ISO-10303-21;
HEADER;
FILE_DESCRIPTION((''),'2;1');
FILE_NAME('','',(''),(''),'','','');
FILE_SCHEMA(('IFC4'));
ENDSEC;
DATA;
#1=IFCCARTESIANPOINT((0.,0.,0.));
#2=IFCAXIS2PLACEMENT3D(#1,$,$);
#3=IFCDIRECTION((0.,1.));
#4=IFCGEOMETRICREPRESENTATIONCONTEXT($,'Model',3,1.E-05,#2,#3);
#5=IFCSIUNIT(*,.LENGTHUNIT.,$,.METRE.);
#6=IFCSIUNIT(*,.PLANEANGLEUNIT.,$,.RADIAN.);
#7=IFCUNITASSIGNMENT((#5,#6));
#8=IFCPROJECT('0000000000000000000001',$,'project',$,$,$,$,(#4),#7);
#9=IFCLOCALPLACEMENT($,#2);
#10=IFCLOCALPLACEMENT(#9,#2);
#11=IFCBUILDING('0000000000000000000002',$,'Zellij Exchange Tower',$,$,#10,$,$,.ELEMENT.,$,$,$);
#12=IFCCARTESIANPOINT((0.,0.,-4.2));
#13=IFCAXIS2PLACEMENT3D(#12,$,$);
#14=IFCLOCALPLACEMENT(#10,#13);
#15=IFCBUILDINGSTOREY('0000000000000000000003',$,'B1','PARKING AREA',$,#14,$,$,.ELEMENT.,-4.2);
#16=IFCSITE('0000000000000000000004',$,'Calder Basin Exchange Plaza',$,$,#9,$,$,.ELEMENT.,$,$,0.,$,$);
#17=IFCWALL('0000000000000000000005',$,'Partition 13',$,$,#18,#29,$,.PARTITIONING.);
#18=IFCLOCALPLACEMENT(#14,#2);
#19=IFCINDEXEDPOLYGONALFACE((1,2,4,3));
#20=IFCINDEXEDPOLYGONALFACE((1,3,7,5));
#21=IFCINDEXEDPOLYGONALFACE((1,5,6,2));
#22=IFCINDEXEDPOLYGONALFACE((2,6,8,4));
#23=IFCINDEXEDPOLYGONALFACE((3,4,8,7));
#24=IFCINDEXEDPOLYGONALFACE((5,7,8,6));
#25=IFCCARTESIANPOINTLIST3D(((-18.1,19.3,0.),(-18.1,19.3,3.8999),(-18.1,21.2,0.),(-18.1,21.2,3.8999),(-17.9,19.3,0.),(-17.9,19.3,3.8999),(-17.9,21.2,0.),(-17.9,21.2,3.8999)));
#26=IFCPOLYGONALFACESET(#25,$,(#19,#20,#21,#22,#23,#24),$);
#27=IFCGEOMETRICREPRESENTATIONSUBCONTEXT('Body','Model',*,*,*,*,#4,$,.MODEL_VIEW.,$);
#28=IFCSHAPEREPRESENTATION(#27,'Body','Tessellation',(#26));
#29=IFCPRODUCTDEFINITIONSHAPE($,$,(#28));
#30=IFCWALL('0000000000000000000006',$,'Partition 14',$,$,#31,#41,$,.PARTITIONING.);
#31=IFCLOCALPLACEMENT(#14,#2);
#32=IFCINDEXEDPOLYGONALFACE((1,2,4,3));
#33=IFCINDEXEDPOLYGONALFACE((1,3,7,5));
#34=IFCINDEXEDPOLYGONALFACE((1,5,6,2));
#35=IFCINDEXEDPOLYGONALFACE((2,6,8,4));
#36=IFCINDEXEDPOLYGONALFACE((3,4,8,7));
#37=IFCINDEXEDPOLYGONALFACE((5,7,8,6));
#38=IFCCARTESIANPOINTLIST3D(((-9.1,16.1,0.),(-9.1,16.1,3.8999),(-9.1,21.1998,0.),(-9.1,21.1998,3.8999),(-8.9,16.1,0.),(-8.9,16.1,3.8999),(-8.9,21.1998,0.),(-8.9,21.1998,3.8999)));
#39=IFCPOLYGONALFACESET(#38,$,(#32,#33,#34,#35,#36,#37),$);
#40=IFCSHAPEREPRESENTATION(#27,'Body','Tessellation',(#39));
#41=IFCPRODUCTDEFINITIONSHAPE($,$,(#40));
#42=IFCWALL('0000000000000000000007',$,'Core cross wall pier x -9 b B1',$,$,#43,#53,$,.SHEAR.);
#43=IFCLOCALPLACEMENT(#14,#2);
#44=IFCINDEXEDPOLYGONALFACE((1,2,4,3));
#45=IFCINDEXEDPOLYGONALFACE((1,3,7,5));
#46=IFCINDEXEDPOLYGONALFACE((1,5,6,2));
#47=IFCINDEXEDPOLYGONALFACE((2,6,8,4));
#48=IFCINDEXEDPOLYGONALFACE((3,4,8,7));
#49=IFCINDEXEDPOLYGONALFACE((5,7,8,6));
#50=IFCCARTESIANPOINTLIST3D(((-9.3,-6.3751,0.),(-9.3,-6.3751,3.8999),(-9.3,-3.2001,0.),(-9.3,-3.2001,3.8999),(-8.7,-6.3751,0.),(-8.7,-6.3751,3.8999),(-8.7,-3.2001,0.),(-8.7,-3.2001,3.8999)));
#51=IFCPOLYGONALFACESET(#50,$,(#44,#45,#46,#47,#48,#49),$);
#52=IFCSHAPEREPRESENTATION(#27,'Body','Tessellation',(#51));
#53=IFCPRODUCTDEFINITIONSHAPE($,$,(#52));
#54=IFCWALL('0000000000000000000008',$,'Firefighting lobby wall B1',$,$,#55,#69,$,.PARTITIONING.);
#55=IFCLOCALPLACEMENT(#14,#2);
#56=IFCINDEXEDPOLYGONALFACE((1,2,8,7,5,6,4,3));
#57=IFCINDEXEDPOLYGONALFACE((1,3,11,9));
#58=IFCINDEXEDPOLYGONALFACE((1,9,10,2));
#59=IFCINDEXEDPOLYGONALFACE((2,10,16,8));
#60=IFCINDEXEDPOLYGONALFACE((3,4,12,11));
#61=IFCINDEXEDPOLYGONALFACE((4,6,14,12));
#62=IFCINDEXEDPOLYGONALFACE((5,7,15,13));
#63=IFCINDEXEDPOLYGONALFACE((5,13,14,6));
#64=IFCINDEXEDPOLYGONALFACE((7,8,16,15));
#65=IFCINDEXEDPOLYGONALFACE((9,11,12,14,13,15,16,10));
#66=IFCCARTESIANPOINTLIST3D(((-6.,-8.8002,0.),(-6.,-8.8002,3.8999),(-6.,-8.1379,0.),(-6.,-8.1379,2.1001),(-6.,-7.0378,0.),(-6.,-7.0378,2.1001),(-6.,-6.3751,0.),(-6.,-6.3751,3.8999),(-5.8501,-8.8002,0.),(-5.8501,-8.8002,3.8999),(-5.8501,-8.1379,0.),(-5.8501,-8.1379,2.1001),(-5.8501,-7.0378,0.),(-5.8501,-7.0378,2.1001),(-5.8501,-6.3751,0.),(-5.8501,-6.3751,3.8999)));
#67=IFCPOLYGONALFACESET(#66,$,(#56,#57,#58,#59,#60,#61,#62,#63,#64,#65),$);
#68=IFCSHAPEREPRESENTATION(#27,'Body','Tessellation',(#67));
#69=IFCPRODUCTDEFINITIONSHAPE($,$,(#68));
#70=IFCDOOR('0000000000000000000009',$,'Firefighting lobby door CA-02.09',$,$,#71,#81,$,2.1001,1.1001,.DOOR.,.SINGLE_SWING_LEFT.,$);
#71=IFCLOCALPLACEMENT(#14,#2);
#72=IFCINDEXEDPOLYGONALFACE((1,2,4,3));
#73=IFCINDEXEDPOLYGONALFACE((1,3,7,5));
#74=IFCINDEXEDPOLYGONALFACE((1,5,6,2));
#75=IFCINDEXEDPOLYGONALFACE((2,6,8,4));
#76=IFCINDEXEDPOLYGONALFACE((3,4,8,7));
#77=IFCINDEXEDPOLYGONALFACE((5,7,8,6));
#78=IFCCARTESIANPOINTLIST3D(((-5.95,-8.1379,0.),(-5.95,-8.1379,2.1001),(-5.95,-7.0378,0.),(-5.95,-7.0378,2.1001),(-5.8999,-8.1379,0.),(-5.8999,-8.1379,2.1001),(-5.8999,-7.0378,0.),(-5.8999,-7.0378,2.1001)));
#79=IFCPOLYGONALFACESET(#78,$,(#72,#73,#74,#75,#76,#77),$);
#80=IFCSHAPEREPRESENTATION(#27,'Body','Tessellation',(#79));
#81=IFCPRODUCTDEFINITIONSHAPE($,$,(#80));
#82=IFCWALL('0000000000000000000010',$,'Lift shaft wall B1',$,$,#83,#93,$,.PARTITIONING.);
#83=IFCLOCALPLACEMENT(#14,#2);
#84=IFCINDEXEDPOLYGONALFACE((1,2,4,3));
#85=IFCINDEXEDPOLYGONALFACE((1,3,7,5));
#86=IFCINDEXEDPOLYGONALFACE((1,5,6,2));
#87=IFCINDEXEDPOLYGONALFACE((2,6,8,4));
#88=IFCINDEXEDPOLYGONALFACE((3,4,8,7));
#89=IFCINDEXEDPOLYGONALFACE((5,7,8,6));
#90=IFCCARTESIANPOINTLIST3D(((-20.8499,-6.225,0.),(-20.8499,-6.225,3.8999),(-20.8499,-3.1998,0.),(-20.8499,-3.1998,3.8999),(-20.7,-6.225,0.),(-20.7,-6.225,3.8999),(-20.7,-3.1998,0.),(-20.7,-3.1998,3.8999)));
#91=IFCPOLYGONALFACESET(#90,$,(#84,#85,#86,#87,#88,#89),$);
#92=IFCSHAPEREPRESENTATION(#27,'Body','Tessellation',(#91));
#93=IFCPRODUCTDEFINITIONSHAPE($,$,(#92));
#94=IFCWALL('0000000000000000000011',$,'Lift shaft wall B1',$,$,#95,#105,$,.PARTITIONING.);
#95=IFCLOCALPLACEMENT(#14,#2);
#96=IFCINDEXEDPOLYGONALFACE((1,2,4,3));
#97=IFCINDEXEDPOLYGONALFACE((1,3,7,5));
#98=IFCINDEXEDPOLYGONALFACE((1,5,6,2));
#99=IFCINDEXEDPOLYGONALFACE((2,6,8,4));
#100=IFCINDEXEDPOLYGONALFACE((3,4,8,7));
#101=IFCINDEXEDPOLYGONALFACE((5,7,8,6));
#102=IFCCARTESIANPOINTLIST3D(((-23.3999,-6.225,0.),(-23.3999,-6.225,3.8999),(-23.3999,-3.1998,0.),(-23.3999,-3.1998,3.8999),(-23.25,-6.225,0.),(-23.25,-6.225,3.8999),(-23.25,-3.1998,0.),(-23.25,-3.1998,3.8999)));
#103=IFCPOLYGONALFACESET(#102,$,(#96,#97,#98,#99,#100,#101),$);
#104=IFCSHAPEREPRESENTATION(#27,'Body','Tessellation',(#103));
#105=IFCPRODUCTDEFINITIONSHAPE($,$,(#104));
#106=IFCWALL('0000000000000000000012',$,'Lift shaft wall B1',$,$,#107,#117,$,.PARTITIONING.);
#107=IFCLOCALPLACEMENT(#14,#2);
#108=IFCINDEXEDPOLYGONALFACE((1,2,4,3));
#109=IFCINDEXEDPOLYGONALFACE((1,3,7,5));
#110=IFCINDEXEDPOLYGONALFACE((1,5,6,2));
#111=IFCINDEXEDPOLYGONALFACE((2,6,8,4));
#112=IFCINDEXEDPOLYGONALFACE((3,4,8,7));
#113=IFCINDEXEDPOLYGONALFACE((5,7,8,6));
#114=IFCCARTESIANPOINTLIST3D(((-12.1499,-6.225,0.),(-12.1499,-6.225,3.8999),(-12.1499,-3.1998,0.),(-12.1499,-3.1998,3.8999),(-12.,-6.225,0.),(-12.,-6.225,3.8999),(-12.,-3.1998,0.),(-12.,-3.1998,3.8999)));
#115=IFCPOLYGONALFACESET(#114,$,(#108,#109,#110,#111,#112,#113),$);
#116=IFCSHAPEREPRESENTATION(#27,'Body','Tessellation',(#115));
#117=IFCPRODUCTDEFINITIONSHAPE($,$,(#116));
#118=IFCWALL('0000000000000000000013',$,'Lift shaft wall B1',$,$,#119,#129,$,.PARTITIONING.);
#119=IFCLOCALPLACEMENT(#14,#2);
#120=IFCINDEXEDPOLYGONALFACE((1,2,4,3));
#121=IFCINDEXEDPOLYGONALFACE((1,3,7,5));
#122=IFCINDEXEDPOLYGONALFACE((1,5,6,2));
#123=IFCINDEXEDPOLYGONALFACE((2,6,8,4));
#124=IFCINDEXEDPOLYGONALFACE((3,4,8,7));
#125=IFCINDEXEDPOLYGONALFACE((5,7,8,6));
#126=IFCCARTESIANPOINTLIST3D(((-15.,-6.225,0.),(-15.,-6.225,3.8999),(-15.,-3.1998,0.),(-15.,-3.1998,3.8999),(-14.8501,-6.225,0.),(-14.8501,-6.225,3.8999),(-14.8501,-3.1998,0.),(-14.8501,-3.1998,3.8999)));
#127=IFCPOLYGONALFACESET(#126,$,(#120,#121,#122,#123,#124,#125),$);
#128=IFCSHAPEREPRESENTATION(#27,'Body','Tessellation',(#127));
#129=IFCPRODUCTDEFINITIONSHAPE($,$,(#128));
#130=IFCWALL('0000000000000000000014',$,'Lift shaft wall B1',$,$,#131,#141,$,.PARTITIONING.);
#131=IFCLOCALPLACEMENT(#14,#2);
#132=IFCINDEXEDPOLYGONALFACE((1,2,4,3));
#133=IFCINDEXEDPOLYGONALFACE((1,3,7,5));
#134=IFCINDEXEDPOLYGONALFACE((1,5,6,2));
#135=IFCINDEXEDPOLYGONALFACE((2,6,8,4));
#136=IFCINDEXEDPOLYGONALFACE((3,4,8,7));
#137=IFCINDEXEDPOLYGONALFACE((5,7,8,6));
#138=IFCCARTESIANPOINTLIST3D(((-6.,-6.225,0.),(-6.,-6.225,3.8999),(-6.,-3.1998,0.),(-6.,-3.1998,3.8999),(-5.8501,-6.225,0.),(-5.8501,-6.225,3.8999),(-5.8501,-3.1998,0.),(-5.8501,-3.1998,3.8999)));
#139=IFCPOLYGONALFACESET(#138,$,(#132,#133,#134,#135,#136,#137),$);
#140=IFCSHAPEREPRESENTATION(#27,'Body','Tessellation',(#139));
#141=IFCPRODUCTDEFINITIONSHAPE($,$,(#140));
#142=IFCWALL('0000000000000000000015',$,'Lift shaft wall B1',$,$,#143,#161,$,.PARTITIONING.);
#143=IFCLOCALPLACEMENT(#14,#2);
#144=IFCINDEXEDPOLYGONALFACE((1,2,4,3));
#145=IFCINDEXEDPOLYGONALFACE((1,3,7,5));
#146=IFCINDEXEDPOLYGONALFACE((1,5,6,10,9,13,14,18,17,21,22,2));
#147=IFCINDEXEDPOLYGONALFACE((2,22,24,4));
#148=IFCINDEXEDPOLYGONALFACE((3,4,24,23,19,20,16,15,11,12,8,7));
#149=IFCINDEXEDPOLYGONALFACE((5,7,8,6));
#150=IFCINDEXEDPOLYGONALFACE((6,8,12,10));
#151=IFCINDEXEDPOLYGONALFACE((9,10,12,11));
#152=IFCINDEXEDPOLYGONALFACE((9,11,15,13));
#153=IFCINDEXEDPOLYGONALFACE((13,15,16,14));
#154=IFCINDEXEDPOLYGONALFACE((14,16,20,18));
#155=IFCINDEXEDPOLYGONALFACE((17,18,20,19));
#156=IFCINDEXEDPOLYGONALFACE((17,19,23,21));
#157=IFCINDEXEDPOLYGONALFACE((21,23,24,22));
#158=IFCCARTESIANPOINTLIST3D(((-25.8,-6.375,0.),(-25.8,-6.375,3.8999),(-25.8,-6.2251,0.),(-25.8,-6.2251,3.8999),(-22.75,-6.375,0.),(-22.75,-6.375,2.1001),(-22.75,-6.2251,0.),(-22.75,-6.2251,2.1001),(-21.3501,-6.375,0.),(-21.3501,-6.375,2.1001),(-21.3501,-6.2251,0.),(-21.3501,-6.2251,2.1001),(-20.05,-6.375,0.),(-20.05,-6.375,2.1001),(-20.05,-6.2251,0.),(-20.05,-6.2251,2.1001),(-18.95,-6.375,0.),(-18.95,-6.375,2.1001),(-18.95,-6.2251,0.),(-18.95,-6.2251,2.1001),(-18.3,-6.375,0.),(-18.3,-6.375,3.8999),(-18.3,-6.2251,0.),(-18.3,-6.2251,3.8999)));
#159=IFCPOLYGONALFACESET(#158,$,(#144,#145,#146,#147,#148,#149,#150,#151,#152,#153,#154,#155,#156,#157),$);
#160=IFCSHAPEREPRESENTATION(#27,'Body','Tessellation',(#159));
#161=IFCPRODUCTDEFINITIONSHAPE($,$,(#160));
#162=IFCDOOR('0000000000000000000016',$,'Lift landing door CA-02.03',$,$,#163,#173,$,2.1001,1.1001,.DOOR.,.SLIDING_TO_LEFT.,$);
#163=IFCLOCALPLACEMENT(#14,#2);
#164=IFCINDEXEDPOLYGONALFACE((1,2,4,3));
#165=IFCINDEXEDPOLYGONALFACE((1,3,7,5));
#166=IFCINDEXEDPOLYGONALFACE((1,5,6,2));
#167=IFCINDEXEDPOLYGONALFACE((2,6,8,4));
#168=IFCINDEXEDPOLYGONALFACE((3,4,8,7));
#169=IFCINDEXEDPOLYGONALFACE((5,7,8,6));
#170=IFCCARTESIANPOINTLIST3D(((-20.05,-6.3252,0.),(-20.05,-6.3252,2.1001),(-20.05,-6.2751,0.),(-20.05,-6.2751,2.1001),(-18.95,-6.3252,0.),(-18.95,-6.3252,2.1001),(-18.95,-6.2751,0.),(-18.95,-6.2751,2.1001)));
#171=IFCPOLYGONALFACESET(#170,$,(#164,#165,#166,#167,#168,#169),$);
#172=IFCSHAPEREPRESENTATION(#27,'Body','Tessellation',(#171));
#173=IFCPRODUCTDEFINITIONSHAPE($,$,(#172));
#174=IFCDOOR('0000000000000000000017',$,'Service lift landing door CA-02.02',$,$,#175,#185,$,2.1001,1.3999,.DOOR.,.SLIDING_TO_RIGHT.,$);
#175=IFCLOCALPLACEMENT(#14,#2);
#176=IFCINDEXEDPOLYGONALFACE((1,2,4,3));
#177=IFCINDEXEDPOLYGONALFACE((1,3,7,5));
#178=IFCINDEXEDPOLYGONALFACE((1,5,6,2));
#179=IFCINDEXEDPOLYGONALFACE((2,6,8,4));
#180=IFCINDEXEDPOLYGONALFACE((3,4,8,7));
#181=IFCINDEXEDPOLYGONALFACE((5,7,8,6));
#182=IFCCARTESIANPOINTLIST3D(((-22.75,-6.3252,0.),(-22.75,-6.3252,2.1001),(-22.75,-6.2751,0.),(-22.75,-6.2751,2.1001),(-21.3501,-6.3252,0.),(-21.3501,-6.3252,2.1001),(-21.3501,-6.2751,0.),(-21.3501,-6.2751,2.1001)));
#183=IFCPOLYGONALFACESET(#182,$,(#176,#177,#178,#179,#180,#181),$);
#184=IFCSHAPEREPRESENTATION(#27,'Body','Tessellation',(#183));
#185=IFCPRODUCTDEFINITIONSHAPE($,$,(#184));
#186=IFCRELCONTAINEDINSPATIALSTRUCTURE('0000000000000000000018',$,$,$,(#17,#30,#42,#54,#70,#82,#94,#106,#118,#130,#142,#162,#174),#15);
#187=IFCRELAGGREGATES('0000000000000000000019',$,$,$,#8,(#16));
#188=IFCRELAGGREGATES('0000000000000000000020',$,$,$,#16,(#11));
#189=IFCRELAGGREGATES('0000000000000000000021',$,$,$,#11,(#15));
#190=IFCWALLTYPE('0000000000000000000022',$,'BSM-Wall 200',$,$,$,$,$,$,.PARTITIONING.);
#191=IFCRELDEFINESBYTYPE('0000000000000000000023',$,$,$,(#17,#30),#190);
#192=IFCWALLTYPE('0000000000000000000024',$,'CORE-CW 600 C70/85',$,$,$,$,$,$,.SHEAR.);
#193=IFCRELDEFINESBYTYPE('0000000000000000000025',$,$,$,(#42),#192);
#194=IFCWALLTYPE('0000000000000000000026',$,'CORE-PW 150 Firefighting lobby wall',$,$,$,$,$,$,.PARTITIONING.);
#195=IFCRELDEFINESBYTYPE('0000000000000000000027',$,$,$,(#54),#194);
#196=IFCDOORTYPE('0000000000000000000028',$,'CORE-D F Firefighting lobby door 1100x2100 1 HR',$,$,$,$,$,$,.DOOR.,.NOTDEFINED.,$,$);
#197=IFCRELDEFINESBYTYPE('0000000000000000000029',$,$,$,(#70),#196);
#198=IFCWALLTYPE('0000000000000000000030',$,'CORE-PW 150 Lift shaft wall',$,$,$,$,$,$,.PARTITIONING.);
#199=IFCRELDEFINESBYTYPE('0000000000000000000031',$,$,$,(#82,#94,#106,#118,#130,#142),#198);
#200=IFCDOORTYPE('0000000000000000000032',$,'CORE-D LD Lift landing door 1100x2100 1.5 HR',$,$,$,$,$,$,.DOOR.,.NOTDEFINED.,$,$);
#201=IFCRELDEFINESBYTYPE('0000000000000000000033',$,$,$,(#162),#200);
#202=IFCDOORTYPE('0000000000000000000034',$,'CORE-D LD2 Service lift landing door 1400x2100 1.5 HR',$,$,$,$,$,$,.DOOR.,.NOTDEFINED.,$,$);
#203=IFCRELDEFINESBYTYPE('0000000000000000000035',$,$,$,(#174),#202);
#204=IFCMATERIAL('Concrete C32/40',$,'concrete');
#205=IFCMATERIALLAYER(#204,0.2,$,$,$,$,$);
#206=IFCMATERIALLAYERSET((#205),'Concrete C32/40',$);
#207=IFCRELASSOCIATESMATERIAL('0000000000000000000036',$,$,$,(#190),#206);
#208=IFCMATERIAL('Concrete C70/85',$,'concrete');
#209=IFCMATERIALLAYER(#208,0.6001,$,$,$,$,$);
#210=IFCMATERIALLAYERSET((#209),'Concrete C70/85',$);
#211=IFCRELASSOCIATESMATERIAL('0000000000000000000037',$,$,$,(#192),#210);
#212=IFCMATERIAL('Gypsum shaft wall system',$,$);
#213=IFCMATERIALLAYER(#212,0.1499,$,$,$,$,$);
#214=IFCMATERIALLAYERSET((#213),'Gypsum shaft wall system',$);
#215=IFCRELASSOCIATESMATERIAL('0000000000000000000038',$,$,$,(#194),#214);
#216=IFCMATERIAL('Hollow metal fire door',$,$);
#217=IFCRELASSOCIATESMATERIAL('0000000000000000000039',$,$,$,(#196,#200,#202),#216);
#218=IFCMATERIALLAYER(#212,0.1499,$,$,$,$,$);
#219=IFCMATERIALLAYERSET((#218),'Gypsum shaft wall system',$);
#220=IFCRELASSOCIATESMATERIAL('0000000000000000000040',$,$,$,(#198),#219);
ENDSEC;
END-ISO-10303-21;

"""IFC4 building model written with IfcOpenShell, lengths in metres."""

from ifc_helpers import new_model, si_unit, direction, frame, frame_2d, origin, place, context, subcontext, project, spatial, rectangle, extrude, material, layer, layer_set, type_object, element, fill, save


model = new_model("IFC4")

# Units and contexts
model_context = context("Model", 3, precision=1e-05, world=origin(), true_north=direction((0.0, 1.0)))
body_context = subcontext(model_context, "Body", "Model", "MODEL_VIEW")
ifc_project = project(units=[si_unit("LENGTHUNIT", "METRE"), si_unit("PLANEANGLEUNIT", "RADIAN")], contexts=[model_context])

# Site, building, storey
site_placement = place(None, origin())
site = spatial("IfcSite", under=ifc_project, at=site_placement, Name="Calder Basin Exchange Plaza", CompositionType="ELEMENT", RefElevation=0.0)
building_placement = place(site_placement, origin())
building = spatial("IfcBuilding", under=site, at=building_placement, Name="Zellij Exchange Tower", CompositionType="ELEMENT")
storey_placement = place(building_placement, frame((0.0, 0.0, -4.2)))
storey = spatial("IfcBuildingStorey", under=building, at=storey_placement, Name="B1", Description="PARKING AREA", CompositionType="ELEMENT", Elevation=-4.2)

# Shared definitions
ifc_material_1 = material(Name="Concrete C70/85", Category="concrete")

# Shared definitions
ifc_material_2 = material(Name="Concrete C32/40", Category="concrete")
ifc_layer_1 = layer(ifc_material_2, 0.2)
ifc_layer_set_1 = layer_set([ifc_layer_1], Name="Concrete C32/40")
wall_type_1 = type_object("IfcWallType", Name="BSM-Wall 200", PredefinedType="PARTITIONING", material=ifc_layer_set_1)

# Walls
wall_1_placement = place(storey_placement, frame((-18.0, 19.3, 0.0), z_axis=(0.0, 0.0, 1.0), x_axis=(0.0, 1.0, 0.0)))
element("IfcWall", 1, at=wall_1_placement, inside=storey, type_object=wall_type_1, Name="Partition 13", PredefinedType="PARTITIONING", context=body_context, shape_type="SweptSolid", body=[
    extrude(rectangle(XDim=1.8999, YDim=0.2, at=frame_2d((0.95, 0.0))), origin(), (0.0, 0.0, 1.0), 3.8999),
])
wall_2_placement = place(storey_placement, frame((-9.0, 16.1001, 0.0), z_axis=(0.0, 0.0, 1.0), x_axis=(0.0, 1.0, 0.0)))
element("IfcWall", 2, at=wall_2_placement, inside=storey, type_object=wall_type_1, Name="Partition 14", PredefinedType="PARTITIONING", context=body_context, shape_type="SweptSolid", body=[
    extrude(rectangle(XDim=5.0999, YDim=0.2, at=frame_2d((2.5498, 0.0))), origin(), (0.0, 0.0, 1.0), 3.8999),
])
ifc_layer_2 = layer(ifc_material_1, 0.6001)
ifc_layer_set_2 = layer_set([ifc_layer_2], Name="Concrete C70/85")
wall_type_2 = type_object("IfcWallType", Name="CORE-CW 600 C70/85", PredefinedType="SHEAR", material=ifc_layer_set_2)
wall_3_placement = place(storey_placement, frame((-9.0, -6.375, 0.0), z_axis=(0.0, 0.0, 1.0), x_axis=(0.0, 1.0, 0.0)))
element("IfcWall", 3, at=wall_3_placement, inside=storey, type_object=wall_type_2, Name="Core cross wall pier x -9 b B1", PredefinedType="SHEAR", context=body_context, shape_type="SweptSolid", body=[
    extrude(rectangle(XDim=3.175, YDim=0.6001, at=frame_2d((1.5874, 0.0))), origin(), (0.0, 0.0, 1.0), 3.8999),
])

# Wall, opening, door
ifc_material_3 = material(Name="Gypsum shaft wall system")
ifc_layer_3 = layer(ifc_material_3, 0.1499)
ifc_layer_set_3 = layer_set([ifc_layer_3], Name="Gypsum shaft wall system")
wall_type_3 = type_object("IfcWallType", Name="CORE-PW 150 Firefighting lobby wall", PredefinedType="PARTITIONING", material=ifc_layer_set_3)
wall_4_placement = place(storey_placement, frame((-5.925, -8.8, 0.0), z_axis=(0.0, 0.0, 1.0), x_axis=(0.0, 1.0, 0.0)))
wall_4 = element("IfcWall", 4, at=wall_4_placement, inside=storey, type_object=wall_type_3, Name="Firefighting lobby wall B1", PredefinedType="PARTITIONING", context=body_context, shape_type="SweptSolid", body=[
    extrude(rectangle(XDim=2.425, YDim=0.1499, at=frame_2d((1.2124, 0.0))), origin(), (0.0, 0.0, 1.0), 3.8999),
])
opening_1_placement = place(wall_4_placement, frame((0.6621, 0.0, 0.0)))
opening_1 = element("IfcOpeningElement", 5, at=opening_1_placement, cuts=wall_4, PredefinedType="OPENING", context=body_context, shape_type="SweptSolid", body=[
    extrude(rectangle(XDim=1.1001, YDim=2.1001, at=frame_2d((0.55, 1.05))), frame((0.0, 0.0869, 0.0), z_axis=(0.0, -1.0, 0.0), x_axis=(1.0, 0.0, 0.0)), (0.0, 0.0, 1.0), 0.1738),
])
ifc_material_4 = material(Name="Hollow metal fire door")
door_type_1 = type_object("IfcDoorType", Name="CORE-D F Firefighting lobby door 1100x2100 1 HR", OperationType="NOTDEFINED", PredefinedType="DOOR", material=ifc_material_4)
door_1_placement = place(opening_1_placement, origin())
door_1 = element("IfcDoor", 6, at=door_1_placement, inside=storey, type_object=door_type_1, Name="Firefighting lobby door CA-02.09", OperationType="SINGLE_SWING_LEFT", OverallHeight=2.1001, OverallWidth=1.1001, PredefinedType="DOOR", context=body_context, shape_type="SweptSolid", body=[
    extrude(rectangle(XDim=1.1001, YDim=2.1001, at=frame_2d((0.55, 1.05))), frame((0.0, 0.0249, 0.0), z_axis=(0.0, -1.0, 0.0), x_axis=(1.0, 0.0, 0.0)), (0.0, 0.0, 1.0), 0.05),
])
fill(opening_1, door_1)

# Walls
ifc_layer_4 = layer(ifc_material_3, 0.1499)
ifc_layer_set_4 = layer_set([ifc_layer_4], Name="Gypsum shaft wall system")
wall_type_4 = type_object("IfcWallType", Name="CORE-PW 150 Lift shaft wall", PredefinedType="PARTITIONING", material=ifc_layer_set_4)
for number, where, z_axis, x_axis, name in (
    (7, (-20.7749, -6.2251, 0.0), (0.0, 0.0, 1.0), (0.0, 1.0, 0.0), "Lift shaft wall B1"),
    (8, (-23.325, -6.2251, 0.0), (0.0, 0.0, 1.0), (0.0, 1.0, 0.0), "Lift shaft wall B1"),
    (9, (-12.075, -6.2251, 0.0), (0.0, 0.0, 1.0), (0.0, 1.0, 0.0), "Lift shaft wall B1"),
    (10, (-14.925, -6.2251, 0.0), (0.0, 0.0, 1.0), (0.0, 1.0, 0.0), "Lift shaft wall B1"),
    (11, (-5.925, -6.2251, 0.0), (0.0, 0.0, 1.0), (0.0, 1.0, 0.0), "Lift shaft wall B1"),
):
    element("IfcWall", number, at=place(storey_placement, frame(where, z_axis=z_axis, x_axis=x_axis)), inside=storey, type_object=wall_type_4, Name=name, PredefinedType="PARTITIONING", context=body_context, shape_type="SweptSolid", body=[
        extrude(rectangle(XDim=3.0251, YDim=0.1499, at=frame_2d((1.5127, 0.0))), origin(), (0.0, 0.0, 1.0), 3.8999),
    ])

# Wall, openings, doors
wall_5_placement = place(storey_placement, frame((-25.8, -6.3, 0.0), z_axis=(0.0, 0.0, 1.0), x_axis=(1.0, 0.0, 0.0)))
wall_5 = element("IfcWall", 12, at=wall_5_placement, inside=storey, type_object=wall_type_4, Name="Lift shaft wall B1", PredefinedType="PARTITIONING", context=body_context, shape_type="SweptSolid", body=[
    extrude(rectangle(XDim=7.5, YDim=0.1499, at=frame_2d((3.75, 0.0))), origin(), (0.0, 0.0, 1.0), 3.8999),
])
opening_2_placement = place(wall_5_placement, frame((3.05, 0.0, 0.0)))
opening_2 = element("IfcOpeningElement", 13, at=opening_2_placement, cuts=wall_5, PredefinedType="OPENING", context=body_context, shape_type="SweptSolid", body=[
    extrude(rectangle(XDim=1.3999, YDim=2.1001, at=frame_2d((0.7, 1.05))), frame((0.0, 0.0869, 0.0), z_axis=(0.0, -1.0, 0.0), x_axis=(1.0, 0.0, 0.0)), (0.0, 0.0, 1.0), 0.1738),
])
opening_3_placement = place(wall_5_placement, frame((5.75, 0.0, 0.0)))
opening_3 = element("IfcOpeningElement", 14, at=opening_3_placement, cuts=wall_5, PredefinedType="OPENING", context=body_context, shape_type="SweptSolid", body=[
    extrude(rectangle(XDim=1.1001, YDim=2.1001, at=frame_2d((0.55, 1.05))), frame((0.0, 0.0869, 0.0), z_axis=(0.0, -1.0, 0.0), x_axis=(1.0, 0.0, 0.0)), (0.0, 0.0, 1.0), 0.1738),
])
door_type_2 = type_object("IfcDoorType", Name="CORE-D LD Lift landing door 1100x2100 1.5 HR", OperationType="NOTDEFINED", PredefinedType="DOOR", material=ifc_material_4)
door_2_placement = place(opening_3_placement, origin())
door_2 = element("IfcDoor", 15, at=door_2_placement, inside=storey, type_object=door_type_2, Name="Lift landing door CA-02.03", OperationType="SLIDING_TO_LEFT", OverallHeight=2.1001, OverallWidth=1.1001, PredefinedType="DOOR", context=body_context, shape_type="SweptSolid", body=[
    extrude(rectangle(XDim=1.1001, YDim=2.1001, at=frame_2d((0.55, 1.05))), frame((0.0, 0.0249, 0.0), z_axis=(0.0, -1.0, 0.0), x_axis=(1.0, 0.0, 0.0)), (0.0, 0.0, 1.0), 0.05),
])
fill(opening_3, door_2)
door_type_3 = type_object("IfcDoorType", Name="CORE-D LD2 Service lift landing door 1400x2100 1.5 HR", OperationType="NOTDEFINED", PredefinedType="DOOR", material=ifc_material_4)
door_3_placement = place(opening_2_placement, origin())
door_3 = element("IfcDoor", 16, at=door_3_placement, inside=storey, type_object=door_type_3, Name="Service lift landing door CA-02.02", OperationType="SLIDING_TO_RIGHT", OverallHeight=2.1001, OverallWidth=1.3999, PredefinedType="DOOR", context=body_context, shape_type="SweptSolid", body=[
    extrude(rectangle(XDim=1.3999, YDim=2.1001, at=frame_2d((0.7, 1.05))), frame((0.0, 0.0249, 0.0), z_axis=(0.0, -1.0, 0.0), x_axis=(1.0, 0.0, 0.0)), (0.0, 0.0, 1.0), 0.05),
])
fill(opening_2, door_3)

save(model, "model.ifc")
